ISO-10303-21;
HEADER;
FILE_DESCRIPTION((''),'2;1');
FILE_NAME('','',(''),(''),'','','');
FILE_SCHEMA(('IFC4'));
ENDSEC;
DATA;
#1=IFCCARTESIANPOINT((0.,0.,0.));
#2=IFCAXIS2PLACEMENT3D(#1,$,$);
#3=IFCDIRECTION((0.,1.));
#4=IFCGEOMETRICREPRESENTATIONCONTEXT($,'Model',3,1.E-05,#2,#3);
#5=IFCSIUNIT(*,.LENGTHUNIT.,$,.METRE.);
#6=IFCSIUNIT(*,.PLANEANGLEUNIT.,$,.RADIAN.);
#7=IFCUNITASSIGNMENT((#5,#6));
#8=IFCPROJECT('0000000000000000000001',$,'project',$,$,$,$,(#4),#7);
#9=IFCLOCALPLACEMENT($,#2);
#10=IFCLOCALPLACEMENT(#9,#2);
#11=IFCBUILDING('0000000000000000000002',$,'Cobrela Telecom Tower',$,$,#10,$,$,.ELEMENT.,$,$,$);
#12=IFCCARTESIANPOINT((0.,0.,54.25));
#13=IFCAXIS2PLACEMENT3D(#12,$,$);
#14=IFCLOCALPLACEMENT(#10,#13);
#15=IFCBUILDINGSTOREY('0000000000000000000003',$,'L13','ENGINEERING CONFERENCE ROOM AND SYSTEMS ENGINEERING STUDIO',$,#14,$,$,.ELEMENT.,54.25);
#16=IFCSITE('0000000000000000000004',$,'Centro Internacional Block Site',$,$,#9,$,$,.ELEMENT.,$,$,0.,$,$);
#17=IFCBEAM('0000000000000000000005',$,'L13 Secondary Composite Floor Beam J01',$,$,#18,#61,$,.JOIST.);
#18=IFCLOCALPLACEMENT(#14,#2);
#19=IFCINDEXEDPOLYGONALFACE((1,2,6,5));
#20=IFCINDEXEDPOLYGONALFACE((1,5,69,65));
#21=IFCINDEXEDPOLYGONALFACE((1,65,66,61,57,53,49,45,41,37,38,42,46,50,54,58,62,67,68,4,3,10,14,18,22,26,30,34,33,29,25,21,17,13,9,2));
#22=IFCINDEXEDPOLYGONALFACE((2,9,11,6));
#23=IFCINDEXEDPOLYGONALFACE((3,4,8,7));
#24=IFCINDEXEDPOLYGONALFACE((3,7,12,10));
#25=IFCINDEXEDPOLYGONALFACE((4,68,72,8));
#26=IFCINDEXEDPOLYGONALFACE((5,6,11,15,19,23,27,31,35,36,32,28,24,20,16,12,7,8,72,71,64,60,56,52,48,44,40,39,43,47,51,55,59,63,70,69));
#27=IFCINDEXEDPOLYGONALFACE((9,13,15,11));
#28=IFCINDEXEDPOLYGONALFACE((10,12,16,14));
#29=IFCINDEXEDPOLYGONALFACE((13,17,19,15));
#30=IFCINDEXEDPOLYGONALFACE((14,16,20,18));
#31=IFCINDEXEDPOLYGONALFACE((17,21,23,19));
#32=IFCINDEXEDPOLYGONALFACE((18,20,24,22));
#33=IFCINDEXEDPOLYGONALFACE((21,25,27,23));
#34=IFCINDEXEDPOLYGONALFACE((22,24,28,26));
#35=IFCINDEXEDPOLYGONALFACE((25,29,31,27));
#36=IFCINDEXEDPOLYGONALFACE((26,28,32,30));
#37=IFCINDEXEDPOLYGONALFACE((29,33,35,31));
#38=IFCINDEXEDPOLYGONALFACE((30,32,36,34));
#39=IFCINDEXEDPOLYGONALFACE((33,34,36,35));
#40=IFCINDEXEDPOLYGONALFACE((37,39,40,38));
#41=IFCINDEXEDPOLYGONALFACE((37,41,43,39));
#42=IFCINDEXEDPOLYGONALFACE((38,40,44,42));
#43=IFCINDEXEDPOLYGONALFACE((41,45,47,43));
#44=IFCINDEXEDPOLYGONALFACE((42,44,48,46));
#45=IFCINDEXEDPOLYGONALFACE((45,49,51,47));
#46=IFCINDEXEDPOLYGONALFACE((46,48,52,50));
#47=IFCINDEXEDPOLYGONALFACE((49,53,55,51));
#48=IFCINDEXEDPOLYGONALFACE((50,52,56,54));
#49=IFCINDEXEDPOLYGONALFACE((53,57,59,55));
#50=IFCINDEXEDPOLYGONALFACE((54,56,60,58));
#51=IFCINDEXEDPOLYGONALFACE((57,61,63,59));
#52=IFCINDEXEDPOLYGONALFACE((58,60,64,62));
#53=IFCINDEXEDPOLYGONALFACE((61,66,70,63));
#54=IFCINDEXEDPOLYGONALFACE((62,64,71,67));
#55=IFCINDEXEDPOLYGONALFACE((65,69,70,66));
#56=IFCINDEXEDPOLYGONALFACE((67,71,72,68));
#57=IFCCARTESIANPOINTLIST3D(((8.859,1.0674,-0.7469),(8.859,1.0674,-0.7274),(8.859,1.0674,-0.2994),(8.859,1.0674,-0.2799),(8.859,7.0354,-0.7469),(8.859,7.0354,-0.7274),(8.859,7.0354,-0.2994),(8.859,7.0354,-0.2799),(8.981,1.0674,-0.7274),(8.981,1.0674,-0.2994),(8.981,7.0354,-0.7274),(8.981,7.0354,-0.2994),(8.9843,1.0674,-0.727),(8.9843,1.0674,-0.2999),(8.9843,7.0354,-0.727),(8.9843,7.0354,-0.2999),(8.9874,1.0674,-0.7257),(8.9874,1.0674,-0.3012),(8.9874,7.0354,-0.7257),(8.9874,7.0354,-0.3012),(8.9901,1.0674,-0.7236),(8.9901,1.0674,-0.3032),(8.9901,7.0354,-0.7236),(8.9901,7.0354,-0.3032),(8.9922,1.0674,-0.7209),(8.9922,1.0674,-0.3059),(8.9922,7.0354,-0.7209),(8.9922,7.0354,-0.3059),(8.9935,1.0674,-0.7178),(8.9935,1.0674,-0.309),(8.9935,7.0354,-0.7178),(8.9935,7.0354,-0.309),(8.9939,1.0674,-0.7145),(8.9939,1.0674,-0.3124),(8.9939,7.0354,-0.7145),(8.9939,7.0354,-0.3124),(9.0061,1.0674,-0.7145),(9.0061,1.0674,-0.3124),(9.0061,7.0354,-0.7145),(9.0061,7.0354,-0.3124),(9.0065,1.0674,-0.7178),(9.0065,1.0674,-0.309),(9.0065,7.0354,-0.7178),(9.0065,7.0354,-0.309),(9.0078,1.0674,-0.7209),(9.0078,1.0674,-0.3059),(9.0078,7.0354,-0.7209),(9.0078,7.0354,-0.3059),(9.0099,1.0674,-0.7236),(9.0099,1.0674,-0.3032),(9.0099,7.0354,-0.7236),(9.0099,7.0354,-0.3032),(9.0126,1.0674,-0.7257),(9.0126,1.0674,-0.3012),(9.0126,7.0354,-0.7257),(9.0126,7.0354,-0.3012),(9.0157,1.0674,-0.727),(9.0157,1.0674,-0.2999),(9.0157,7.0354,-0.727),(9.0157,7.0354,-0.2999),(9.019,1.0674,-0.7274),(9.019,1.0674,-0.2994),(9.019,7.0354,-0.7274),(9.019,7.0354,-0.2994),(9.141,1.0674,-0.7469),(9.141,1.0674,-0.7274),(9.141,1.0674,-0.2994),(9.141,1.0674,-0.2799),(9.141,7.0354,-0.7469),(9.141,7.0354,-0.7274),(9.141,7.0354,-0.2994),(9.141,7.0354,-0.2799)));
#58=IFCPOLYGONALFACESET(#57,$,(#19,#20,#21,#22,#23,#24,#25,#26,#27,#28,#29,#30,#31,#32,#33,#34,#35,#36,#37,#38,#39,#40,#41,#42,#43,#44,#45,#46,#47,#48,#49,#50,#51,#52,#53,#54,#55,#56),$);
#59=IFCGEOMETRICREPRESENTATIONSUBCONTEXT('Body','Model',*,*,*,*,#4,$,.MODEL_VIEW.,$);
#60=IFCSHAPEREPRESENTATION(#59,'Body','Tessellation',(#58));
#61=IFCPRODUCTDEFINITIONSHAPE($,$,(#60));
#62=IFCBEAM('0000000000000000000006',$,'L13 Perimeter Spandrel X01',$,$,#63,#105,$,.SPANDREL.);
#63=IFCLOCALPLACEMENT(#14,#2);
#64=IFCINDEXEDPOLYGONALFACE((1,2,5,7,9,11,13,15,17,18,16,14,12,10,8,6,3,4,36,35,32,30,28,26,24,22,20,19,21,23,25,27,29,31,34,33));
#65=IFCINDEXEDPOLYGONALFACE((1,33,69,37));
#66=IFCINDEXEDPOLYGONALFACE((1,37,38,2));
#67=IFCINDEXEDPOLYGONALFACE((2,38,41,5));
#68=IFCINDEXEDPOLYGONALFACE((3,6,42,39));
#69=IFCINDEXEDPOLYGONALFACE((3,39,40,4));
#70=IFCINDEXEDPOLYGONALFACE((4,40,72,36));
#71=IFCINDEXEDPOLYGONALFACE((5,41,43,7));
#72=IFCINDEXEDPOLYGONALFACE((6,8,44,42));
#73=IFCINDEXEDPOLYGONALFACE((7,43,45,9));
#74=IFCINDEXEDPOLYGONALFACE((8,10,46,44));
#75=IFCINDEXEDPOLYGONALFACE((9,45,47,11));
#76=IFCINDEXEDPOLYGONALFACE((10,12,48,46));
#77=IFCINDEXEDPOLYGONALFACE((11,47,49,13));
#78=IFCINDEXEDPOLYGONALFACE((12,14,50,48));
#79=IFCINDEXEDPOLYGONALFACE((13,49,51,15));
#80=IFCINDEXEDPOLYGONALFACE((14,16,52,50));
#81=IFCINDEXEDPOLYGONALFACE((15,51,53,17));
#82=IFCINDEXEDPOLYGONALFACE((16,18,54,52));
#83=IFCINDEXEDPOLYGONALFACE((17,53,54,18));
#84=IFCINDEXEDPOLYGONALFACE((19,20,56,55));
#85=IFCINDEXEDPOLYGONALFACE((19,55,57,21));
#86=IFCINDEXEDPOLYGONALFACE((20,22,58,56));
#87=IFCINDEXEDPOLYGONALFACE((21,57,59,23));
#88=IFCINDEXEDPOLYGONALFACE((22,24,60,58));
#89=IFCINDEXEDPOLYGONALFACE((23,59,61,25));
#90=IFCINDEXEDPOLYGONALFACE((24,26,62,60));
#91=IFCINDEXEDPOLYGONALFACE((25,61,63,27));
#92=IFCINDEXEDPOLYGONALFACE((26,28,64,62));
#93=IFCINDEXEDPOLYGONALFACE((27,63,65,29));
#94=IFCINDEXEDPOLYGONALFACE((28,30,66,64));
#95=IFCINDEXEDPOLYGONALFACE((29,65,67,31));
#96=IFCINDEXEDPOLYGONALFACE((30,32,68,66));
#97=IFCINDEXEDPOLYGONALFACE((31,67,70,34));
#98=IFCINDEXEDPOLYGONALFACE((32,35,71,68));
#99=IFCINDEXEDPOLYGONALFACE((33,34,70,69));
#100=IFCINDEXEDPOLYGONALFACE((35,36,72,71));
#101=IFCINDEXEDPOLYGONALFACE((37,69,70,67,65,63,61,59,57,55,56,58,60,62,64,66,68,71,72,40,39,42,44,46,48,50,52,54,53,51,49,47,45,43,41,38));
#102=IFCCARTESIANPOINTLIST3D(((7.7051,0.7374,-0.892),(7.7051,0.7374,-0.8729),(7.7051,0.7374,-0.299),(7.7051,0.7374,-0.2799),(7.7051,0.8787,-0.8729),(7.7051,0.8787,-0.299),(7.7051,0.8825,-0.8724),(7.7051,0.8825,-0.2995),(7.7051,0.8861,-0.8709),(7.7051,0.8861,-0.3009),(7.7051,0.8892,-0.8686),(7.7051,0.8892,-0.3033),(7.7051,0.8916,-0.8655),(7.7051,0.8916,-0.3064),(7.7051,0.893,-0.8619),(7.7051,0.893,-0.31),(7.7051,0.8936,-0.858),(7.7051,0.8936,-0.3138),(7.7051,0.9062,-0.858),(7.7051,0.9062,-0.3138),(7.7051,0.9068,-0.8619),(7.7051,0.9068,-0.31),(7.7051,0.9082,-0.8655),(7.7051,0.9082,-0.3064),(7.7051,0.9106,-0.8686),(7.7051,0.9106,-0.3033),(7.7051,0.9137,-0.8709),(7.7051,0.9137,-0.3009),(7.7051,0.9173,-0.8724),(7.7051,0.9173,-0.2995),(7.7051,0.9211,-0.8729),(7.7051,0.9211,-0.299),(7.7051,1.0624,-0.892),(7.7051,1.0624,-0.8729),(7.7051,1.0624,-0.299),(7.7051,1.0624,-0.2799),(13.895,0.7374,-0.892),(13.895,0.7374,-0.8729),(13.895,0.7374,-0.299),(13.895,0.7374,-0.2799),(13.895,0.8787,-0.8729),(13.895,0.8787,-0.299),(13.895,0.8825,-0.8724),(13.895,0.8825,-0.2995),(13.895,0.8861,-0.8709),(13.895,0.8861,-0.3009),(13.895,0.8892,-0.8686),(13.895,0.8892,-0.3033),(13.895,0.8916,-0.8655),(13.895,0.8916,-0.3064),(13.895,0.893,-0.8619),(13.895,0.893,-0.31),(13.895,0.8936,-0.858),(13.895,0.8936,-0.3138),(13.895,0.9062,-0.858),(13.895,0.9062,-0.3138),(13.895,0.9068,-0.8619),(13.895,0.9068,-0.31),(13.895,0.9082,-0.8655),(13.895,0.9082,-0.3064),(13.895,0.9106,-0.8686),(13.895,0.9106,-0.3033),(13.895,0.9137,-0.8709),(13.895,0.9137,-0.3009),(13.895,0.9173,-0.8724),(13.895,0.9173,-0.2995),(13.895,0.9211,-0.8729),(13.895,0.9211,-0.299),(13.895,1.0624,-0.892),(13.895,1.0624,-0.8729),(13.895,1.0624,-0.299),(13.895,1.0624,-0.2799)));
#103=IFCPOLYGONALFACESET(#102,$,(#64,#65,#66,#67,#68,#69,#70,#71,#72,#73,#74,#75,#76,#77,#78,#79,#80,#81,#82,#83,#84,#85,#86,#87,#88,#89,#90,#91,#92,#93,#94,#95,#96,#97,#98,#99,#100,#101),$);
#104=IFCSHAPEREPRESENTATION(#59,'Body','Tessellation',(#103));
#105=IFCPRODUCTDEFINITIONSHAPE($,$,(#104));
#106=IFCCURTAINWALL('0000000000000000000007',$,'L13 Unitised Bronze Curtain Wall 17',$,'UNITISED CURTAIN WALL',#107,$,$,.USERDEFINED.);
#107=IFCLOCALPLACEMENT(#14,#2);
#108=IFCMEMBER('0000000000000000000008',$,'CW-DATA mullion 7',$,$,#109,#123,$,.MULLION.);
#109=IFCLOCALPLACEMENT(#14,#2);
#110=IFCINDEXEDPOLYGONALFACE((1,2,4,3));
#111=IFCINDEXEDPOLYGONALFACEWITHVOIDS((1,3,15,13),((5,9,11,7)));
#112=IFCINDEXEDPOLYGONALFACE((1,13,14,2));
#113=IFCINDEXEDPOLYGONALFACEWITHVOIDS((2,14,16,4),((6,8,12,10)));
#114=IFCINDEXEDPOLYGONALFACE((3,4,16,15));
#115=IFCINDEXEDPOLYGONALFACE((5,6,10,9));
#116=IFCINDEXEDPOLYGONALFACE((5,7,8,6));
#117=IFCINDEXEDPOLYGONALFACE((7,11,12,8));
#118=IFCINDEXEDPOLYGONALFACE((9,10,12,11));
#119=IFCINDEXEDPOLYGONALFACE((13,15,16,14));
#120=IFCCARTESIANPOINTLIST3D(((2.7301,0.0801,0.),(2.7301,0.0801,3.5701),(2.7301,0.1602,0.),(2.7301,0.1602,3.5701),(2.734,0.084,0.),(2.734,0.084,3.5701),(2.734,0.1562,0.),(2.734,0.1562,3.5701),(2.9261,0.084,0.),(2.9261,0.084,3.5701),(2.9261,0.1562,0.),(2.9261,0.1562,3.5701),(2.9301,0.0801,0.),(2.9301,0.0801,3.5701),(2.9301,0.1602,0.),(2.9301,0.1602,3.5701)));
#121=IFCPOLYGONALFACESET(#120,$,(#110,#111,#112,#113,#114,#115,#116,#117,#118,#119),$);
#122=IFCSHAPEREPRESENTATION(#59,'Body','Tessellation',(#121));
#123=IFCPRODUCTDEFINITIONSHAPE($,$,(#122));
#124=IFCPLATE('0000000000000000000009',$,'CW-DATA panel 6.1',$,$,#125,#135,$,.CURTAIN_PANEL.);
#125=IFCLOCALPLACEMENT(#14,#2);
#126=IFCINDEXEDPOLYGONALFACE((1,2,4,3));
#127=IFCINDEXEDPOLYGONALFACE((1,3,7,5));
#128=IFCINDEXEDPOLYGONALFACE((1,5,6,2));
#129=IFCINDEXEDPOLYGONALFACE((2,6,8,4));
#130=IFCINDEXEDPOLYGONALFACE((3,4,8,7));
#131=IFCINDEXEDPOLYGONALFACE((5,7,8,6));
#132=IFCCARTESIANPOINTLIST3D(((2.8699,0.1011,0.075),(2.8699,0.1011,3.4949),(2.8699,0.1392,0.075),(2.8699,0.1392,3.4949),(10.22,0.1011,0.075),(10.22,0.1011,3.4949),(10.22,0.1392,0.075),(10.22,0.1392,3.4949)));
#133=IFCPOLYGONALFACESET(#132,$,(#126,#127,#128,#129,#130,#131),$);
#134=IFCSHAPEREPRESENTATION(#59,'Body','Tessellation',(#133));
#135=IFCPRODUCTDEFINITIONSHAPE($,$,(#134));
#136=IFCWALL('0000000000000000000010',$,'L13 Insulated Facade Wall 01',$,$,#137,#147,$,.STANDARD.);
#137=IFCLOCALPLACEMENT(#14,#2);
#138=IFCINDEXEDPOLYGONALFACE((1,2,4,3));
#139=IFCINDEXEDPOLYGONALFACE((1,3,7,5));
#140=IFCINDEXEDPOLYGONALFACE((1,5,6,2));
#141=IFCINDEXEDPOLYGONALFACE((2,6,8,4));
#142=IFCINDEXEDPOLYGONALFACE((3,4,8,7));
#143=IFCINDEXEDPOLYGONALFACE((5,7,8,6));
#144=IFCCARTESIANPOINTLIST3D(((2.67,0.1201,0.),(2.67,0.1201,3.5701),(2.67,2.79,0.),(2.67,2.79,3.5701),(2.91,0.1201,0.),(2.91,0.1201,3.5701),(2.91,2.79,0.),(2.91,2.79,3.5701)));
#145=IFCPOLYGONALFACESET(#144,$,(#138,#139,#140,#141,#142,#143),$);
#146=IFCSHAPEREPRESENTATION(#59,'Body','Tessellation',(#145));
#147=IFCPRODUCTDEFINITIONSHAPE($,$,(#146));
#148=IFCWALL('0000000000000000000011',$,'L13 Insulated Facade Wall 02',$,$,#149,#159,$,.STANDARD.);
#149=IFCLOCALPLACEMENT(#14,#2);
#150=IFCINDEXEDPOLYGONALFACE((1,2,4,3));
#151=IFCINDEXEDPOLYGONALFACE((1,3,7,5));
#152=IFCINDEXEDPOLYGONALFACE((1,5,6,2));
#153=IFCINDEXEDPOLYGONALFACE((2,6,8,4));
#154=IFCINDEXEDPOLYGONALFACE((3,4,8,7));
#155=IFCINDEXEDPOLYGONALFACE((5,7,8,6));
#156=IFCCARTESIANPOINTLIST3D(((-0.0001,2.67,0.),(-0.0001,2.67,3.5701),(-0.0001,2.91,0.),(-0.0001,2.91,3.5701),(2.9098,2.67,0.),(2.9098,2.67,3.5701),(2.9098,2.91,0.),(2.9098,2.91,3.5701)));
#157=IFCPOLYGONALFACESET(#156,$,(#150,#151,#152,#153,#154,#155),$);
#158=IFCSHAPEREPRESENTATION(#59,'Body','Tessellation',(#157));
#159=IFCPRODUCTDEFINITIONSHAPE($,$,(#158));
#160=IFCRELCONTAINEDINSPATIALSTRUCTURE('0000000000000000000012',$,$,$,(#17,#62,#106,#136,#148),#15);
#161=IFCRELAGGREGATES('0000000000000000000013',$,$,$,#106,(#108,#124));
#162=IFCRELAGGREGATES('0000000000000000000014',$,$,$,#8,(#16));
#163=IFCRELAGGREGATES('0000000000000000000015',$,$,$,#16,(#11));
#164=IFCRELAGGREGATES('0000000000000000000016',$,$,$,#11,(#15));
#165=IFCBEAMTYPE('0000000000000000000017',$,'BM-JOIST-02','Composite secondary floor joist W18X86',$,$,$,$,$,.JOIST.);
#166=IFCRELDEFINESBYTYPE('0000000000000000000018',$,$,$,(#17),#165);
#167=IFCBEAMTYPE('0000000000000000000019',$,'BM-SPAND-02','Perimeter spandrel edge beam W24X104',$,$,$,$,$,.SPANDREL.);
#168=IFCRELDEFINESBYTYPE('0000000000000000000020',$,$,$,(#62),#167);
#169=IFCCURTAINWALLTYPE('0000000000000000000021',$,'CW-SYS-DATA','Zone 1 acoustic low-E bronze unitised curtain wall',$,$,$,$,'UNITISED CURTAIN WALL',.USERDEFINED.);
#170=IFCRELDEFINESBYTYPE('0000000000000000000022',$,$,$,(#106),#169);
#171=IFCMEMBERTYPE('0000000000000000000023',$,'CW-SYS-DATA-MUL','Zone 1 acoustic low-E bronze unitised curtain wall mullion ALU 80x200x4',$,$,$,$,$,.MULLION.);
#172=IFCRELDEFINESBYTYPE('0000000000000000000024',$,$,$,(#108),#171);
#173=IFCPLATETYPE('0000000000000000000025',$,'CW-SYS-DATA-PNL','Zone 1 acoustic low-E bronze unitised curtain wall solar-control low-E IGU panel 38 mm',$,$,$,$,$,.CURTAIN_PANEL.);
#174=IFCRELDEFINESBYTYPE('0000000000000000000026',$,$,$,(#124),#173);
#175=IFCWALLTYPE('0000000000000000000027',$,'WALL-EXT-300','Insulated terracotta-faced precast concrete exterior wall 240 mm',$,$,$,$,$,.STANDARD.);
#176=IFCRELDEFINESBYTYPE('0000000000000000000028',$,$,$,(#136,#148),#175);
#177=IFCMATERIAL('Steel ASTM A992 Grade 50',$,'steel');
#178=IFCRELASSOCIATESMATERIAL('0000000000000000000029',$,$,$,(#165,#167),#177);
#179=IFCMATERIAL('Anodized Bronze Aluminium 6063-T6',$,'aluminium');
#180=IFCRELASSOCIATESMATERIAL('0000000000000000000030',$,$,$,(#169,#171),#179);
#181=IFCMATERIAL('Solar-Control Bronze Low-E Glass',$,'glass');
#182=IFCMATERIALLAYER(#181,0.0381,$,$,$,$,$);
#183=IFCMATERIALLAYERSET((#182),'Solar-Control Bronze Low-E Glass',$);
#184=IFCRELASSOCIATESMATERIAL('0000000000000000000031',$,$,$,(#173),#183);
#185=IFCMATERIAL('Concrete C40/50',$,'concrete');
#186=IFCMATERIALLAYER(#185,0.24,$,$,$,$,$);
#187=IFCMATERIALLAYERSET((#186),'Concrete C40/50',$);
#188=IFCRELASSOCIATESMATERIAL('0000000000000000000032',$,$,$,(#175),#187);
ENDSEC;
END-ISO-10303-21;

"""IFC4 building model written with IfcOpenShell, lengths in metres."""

from ifc_helpers import new_model, si_unit, direction, frame, frame_2d, origin, origin_2d, place, context, subcontext, project, spatial, rectangle, hollow_rectangle, i_section, extrude, material, layer, layer_set, material_profile, profile_set, type_object, element, aggregate, save


model = new_model("IFC4")

# Units and contexts
model_context = context("Model", 3, precision=1e-05, world=origin(), true_north=direction((0.0, 1.0)))
body_context = subcontext(model_context, "Body", "Model", "MODEL_VIEW")
ifc_project = project(units=[si_unit("LENGTHUNIT", "METRE"), si_unit("PLANEANGLEUNIT", "RADIAN")], contexts=[model_context])

# Site, building, storey
site_placement = place(None, origin())
site = spatial("IfcSite", under=ifc_project, at=site_placement, Name="Centro Internacional Block Site", CompositionType="ELEMENT", RefElevation=0.0)
building_placement = place(site_placement, origin())
building = spatial("IfcBuilding", under=site, at=building_placement, Name="Cobrela Telecom Tower", CompositionType="ELEMENT")
storey_placement = place(building_placement, frame((0.0, 0.0, 54.25)))
storey = spatial("IfcBuildingStorey", under=building, at=storey_placement, Name="L13", Description="ENGINEERING CONFERENCE ROOM AND SYSTEMS ENGINEERING STUDIO", CompositionType="ELEMENT", Elevation=54.25)

# Beams
ifc_material_1 = material(Name="Steel ASTM A992 Grade 50", Category="steel")
ifc_material_profile_1 = material_profile(ifc_material_1, i_section(OverallWidth=0.282, OverallDepth=0.467, WebThickness=0.0122, FlangeThickness=0.0195, FilletRadius=0.0129, at=origin_2d()), Name="W18X86")
ifc_profile_set_1 = profile_set([ifc_material_profile_1], Name="Steel ASTM A992 Grade 50")
beam_type_1 = type_object("IfcBeamType", Name="BM-JOIST-02", Description="Composite secondary floor joist W18X86", PredefinedType="JOIST", material=ifc_profile_set_1)
beam_1_placement = place(storey_placement, frame((9.0, 1.0674, -0.5134), z_axis=(0.0, 1.0, 0.0), x_axis=(-1.0, 0.0, 0.0)))
element("IfcBeam", 1, at=beam_1_placement, inside=storey, type_object=beam_type_1, Name="L13 Secondary Composite Floor Beam J01", PredefinedType="JOIST", context=body_context, shape_type="SweptSolid", body=[
    extrude(i_section(OverallWidth=0.282, OverallDepth=0.467, WebThickness=0.0122, FlangeThickness=0.0195, FilletRadius=0.0129, at=origin_2d()), origin(), (0.0, 0.0, 1.0), 5.968),
])
ifc_material_profile_2 = material_profile(ifc_material_1, i_section(OverallWidth=0.325, OverallDepth=0.6121, WebThickness=0.0127, FlangeThickness=0.019, FilletRadius=0.0149, at=origin_2d()), Name="W24X104")
ifc_profile_set_2 = profile_set([ifc_material_profile_2], Name="Steel ASTM A992 Grade 50")
beam_type_2 = type_object("IfcBeamType", Name="BM-SPAND-02", Description="Perimeter spandrel edge beam W24X104", PredefinedType="SPANDREL", material=ifc_profile_set_2)
beam_2_placement = place(storey_placement, frame((7.7051, 0.8999, -0.5859), z_axis=(1.0, 0.0, 0.0), x_axis=(0.0, 1.0, 0.0)))
element("IfcBeam", 2, at=beam_2_placement, inside=storey, type_object=beam_type_2, Name="L13 Perimeter Spandrel X01", PredefinedType="SPANDREL", context=body_context, shape_type="SweptSolid", body=[
    extrude(i_section(OverallWidth=0.325, OverallDepth=0.6121, WebThickness=0.0127, FlangeThickness=0.019, FilletRadius=0.0149, at=origin_2d()), origin(), (0.0, 0.0, 1.0), 6.1899),
])

# Curtain wall, member, plate
ifc_material_2 = material(Name="Anodized Bronze Aluminium 6063-T6", Category="aluminium")
curtain_wall_type = type_object("IfcCurtainWallType", Name="CW-SYS-DATA", Description="Zone 1 acoustic low-E bronze unitised curtain wall", ElementType="UNITISED CURTAIN WALL", PredefinedType="USERDEFINED", material=ifc_material_2)
curtain_wall_placement = place(storey_placement, origin())
curtain_wall = element("IfcCurtainWall", 3, at=curtain_wall_placement, inside=storey, type_object=curtain_wall_type, Name="L13 Unitised Bronze Curtain Wall 17", ObjectType="UNITISED CURTAIN WALL", PredefinedType="USERDEFINED")
ifc_material_profile_3 = material_profile(ifc_material_2, hollow_rectangle(XDim=0.0801, YDim=0.2, WallThickness=0.0039, at=origin_2d()), Name="ALU 80x200x4")
ifc_profile_set_3 = profile_set([ifc_material_profile_3], Name="Anodized Bronze Aluminium 6063-T6")
member_type = type_object("IfcMemberType", Name="CW-SYS-DATA-MUL", Description="Zone 1 acoustic low-E bronze unitised curtain wall mullion ALU 80x200x4", PredefinedType="MULLION", material=ifc_profile_set_3)
member_placement = place(storey_placement, frame((2.8301, 0.1201, 0.0), z_axis=(0.0, 0.0, 1.0), x_axis=(0.0, -1.0, 0.0)))
member = element("IfcMember", 4, at=member_placement, type_object=member_type, Name="CW-DATA mullion 7", PredefinedType="MULLION", context=body_context, shape_type="SweptSolid", body=[
    extrude(hollow_rectangle(XDim=0.0801, YDim=0.2, WallThickness=0.0039, at=origin_2d()), origin(), (0.0, 0.0, 1.0), 3.5701),
])
ifc_material_3 = material(Name="Solar-Control Bronze Low-E Glass", Category="glass")
ifc_layer_1 = layer(ifc_material_3, 0.0381)
ifc_layer_set_1 = layer_set([ifc_layer_1], Name="Solar-Control Bronze Low-E Glass")
plate_type = type_object("IfcPlateType", Name="CW-SYS-DATA-PNL", Description="Zone 1 acoustic low-E bronze unitised curtain wall solar-control low-E IGU panel 38 mm", PredefinedType="CURTAIN_PANEL", material=ifc_layer_set_1)
plate_placement = place(storey_placement, frame((6.5449, 0.1201, 0.075), z_axis=(0.0, 0.0, 1.0), x_axis=(-1.0, 0.0, 0.0)))
plate = element("IfcPlate", 5, at=plate_placement, type_object=plate_type, Name="CW-DATA panel 6.1", PredefinedType="CURTAIN_PANEL", context=body_context, shape_type="SweptSolid", body=[
    extrude(rectangle(XDim=7.3501, YDim=0.0381, at=origin_2d()), origin(), (0.0, 0.0, 1.0), 3.4199),
])
aggregate(curtain_wall, [member, plate])

# Walls
ifc_material_4 = material(Name="Concrete C40/50", Category="concrete")
ifc_layer_2 = layer(ifc_material_4, 0.24)
ifc_layer_set_2 = layer_set([ifc_layer_2], Name="Concrete C40/50")
wall_type = type_object("IfcWallType", Name="WALL-EXT-300", Description="Insulated terracotta-faced precast concrete exterior wall 240 mm", PredefinedType="STANDARD", material=ifc_layer_set_2)
wall_1_placement = place(storey_placement, frame((2.79, 0.1201, 0.0), z_axis=(0.0, 0.0, 1.0), x_axis=(0.0, 1.0, 0.0)))
element("IfcWall", 6, at=wall_1_placement, inside=storey, type_object=wall_type, Name="L13 Insulated Facade Wall 01", PredefinedType="STANDARD", context=body_context, shape_type="SweptSolid", body=[
    extrude(rectangle(XDim=2.6699, YDim=0.24, at=frame_2d((1.335, 0.0))), origin(), (0.0, 0.0, 1.0), 3.5701),
])
wall_2_placement = place(storey_placement, frame((2.9099, 2.79, 0.0), z_axis=(0.0, 0.0, 1.0), x_axis=(-1.0, 0.0, 0.0)))
element("IfcWall", 7, at=wall_2_placement, inside=storey, type_object=wall_type, Name="L13 Insulated Facade Wall 02", PredefinedType="STANDARD", context=body_context, shape_type="SweptSolid", body=[
    extrude(rectangle(XDim=2.9099, YDim=0.24, at=frame_2d((1.4551, 0.0))), origin(), (0.0, 0.0, 1.0), 3.5701),
])

save(model, "model.ifc")
